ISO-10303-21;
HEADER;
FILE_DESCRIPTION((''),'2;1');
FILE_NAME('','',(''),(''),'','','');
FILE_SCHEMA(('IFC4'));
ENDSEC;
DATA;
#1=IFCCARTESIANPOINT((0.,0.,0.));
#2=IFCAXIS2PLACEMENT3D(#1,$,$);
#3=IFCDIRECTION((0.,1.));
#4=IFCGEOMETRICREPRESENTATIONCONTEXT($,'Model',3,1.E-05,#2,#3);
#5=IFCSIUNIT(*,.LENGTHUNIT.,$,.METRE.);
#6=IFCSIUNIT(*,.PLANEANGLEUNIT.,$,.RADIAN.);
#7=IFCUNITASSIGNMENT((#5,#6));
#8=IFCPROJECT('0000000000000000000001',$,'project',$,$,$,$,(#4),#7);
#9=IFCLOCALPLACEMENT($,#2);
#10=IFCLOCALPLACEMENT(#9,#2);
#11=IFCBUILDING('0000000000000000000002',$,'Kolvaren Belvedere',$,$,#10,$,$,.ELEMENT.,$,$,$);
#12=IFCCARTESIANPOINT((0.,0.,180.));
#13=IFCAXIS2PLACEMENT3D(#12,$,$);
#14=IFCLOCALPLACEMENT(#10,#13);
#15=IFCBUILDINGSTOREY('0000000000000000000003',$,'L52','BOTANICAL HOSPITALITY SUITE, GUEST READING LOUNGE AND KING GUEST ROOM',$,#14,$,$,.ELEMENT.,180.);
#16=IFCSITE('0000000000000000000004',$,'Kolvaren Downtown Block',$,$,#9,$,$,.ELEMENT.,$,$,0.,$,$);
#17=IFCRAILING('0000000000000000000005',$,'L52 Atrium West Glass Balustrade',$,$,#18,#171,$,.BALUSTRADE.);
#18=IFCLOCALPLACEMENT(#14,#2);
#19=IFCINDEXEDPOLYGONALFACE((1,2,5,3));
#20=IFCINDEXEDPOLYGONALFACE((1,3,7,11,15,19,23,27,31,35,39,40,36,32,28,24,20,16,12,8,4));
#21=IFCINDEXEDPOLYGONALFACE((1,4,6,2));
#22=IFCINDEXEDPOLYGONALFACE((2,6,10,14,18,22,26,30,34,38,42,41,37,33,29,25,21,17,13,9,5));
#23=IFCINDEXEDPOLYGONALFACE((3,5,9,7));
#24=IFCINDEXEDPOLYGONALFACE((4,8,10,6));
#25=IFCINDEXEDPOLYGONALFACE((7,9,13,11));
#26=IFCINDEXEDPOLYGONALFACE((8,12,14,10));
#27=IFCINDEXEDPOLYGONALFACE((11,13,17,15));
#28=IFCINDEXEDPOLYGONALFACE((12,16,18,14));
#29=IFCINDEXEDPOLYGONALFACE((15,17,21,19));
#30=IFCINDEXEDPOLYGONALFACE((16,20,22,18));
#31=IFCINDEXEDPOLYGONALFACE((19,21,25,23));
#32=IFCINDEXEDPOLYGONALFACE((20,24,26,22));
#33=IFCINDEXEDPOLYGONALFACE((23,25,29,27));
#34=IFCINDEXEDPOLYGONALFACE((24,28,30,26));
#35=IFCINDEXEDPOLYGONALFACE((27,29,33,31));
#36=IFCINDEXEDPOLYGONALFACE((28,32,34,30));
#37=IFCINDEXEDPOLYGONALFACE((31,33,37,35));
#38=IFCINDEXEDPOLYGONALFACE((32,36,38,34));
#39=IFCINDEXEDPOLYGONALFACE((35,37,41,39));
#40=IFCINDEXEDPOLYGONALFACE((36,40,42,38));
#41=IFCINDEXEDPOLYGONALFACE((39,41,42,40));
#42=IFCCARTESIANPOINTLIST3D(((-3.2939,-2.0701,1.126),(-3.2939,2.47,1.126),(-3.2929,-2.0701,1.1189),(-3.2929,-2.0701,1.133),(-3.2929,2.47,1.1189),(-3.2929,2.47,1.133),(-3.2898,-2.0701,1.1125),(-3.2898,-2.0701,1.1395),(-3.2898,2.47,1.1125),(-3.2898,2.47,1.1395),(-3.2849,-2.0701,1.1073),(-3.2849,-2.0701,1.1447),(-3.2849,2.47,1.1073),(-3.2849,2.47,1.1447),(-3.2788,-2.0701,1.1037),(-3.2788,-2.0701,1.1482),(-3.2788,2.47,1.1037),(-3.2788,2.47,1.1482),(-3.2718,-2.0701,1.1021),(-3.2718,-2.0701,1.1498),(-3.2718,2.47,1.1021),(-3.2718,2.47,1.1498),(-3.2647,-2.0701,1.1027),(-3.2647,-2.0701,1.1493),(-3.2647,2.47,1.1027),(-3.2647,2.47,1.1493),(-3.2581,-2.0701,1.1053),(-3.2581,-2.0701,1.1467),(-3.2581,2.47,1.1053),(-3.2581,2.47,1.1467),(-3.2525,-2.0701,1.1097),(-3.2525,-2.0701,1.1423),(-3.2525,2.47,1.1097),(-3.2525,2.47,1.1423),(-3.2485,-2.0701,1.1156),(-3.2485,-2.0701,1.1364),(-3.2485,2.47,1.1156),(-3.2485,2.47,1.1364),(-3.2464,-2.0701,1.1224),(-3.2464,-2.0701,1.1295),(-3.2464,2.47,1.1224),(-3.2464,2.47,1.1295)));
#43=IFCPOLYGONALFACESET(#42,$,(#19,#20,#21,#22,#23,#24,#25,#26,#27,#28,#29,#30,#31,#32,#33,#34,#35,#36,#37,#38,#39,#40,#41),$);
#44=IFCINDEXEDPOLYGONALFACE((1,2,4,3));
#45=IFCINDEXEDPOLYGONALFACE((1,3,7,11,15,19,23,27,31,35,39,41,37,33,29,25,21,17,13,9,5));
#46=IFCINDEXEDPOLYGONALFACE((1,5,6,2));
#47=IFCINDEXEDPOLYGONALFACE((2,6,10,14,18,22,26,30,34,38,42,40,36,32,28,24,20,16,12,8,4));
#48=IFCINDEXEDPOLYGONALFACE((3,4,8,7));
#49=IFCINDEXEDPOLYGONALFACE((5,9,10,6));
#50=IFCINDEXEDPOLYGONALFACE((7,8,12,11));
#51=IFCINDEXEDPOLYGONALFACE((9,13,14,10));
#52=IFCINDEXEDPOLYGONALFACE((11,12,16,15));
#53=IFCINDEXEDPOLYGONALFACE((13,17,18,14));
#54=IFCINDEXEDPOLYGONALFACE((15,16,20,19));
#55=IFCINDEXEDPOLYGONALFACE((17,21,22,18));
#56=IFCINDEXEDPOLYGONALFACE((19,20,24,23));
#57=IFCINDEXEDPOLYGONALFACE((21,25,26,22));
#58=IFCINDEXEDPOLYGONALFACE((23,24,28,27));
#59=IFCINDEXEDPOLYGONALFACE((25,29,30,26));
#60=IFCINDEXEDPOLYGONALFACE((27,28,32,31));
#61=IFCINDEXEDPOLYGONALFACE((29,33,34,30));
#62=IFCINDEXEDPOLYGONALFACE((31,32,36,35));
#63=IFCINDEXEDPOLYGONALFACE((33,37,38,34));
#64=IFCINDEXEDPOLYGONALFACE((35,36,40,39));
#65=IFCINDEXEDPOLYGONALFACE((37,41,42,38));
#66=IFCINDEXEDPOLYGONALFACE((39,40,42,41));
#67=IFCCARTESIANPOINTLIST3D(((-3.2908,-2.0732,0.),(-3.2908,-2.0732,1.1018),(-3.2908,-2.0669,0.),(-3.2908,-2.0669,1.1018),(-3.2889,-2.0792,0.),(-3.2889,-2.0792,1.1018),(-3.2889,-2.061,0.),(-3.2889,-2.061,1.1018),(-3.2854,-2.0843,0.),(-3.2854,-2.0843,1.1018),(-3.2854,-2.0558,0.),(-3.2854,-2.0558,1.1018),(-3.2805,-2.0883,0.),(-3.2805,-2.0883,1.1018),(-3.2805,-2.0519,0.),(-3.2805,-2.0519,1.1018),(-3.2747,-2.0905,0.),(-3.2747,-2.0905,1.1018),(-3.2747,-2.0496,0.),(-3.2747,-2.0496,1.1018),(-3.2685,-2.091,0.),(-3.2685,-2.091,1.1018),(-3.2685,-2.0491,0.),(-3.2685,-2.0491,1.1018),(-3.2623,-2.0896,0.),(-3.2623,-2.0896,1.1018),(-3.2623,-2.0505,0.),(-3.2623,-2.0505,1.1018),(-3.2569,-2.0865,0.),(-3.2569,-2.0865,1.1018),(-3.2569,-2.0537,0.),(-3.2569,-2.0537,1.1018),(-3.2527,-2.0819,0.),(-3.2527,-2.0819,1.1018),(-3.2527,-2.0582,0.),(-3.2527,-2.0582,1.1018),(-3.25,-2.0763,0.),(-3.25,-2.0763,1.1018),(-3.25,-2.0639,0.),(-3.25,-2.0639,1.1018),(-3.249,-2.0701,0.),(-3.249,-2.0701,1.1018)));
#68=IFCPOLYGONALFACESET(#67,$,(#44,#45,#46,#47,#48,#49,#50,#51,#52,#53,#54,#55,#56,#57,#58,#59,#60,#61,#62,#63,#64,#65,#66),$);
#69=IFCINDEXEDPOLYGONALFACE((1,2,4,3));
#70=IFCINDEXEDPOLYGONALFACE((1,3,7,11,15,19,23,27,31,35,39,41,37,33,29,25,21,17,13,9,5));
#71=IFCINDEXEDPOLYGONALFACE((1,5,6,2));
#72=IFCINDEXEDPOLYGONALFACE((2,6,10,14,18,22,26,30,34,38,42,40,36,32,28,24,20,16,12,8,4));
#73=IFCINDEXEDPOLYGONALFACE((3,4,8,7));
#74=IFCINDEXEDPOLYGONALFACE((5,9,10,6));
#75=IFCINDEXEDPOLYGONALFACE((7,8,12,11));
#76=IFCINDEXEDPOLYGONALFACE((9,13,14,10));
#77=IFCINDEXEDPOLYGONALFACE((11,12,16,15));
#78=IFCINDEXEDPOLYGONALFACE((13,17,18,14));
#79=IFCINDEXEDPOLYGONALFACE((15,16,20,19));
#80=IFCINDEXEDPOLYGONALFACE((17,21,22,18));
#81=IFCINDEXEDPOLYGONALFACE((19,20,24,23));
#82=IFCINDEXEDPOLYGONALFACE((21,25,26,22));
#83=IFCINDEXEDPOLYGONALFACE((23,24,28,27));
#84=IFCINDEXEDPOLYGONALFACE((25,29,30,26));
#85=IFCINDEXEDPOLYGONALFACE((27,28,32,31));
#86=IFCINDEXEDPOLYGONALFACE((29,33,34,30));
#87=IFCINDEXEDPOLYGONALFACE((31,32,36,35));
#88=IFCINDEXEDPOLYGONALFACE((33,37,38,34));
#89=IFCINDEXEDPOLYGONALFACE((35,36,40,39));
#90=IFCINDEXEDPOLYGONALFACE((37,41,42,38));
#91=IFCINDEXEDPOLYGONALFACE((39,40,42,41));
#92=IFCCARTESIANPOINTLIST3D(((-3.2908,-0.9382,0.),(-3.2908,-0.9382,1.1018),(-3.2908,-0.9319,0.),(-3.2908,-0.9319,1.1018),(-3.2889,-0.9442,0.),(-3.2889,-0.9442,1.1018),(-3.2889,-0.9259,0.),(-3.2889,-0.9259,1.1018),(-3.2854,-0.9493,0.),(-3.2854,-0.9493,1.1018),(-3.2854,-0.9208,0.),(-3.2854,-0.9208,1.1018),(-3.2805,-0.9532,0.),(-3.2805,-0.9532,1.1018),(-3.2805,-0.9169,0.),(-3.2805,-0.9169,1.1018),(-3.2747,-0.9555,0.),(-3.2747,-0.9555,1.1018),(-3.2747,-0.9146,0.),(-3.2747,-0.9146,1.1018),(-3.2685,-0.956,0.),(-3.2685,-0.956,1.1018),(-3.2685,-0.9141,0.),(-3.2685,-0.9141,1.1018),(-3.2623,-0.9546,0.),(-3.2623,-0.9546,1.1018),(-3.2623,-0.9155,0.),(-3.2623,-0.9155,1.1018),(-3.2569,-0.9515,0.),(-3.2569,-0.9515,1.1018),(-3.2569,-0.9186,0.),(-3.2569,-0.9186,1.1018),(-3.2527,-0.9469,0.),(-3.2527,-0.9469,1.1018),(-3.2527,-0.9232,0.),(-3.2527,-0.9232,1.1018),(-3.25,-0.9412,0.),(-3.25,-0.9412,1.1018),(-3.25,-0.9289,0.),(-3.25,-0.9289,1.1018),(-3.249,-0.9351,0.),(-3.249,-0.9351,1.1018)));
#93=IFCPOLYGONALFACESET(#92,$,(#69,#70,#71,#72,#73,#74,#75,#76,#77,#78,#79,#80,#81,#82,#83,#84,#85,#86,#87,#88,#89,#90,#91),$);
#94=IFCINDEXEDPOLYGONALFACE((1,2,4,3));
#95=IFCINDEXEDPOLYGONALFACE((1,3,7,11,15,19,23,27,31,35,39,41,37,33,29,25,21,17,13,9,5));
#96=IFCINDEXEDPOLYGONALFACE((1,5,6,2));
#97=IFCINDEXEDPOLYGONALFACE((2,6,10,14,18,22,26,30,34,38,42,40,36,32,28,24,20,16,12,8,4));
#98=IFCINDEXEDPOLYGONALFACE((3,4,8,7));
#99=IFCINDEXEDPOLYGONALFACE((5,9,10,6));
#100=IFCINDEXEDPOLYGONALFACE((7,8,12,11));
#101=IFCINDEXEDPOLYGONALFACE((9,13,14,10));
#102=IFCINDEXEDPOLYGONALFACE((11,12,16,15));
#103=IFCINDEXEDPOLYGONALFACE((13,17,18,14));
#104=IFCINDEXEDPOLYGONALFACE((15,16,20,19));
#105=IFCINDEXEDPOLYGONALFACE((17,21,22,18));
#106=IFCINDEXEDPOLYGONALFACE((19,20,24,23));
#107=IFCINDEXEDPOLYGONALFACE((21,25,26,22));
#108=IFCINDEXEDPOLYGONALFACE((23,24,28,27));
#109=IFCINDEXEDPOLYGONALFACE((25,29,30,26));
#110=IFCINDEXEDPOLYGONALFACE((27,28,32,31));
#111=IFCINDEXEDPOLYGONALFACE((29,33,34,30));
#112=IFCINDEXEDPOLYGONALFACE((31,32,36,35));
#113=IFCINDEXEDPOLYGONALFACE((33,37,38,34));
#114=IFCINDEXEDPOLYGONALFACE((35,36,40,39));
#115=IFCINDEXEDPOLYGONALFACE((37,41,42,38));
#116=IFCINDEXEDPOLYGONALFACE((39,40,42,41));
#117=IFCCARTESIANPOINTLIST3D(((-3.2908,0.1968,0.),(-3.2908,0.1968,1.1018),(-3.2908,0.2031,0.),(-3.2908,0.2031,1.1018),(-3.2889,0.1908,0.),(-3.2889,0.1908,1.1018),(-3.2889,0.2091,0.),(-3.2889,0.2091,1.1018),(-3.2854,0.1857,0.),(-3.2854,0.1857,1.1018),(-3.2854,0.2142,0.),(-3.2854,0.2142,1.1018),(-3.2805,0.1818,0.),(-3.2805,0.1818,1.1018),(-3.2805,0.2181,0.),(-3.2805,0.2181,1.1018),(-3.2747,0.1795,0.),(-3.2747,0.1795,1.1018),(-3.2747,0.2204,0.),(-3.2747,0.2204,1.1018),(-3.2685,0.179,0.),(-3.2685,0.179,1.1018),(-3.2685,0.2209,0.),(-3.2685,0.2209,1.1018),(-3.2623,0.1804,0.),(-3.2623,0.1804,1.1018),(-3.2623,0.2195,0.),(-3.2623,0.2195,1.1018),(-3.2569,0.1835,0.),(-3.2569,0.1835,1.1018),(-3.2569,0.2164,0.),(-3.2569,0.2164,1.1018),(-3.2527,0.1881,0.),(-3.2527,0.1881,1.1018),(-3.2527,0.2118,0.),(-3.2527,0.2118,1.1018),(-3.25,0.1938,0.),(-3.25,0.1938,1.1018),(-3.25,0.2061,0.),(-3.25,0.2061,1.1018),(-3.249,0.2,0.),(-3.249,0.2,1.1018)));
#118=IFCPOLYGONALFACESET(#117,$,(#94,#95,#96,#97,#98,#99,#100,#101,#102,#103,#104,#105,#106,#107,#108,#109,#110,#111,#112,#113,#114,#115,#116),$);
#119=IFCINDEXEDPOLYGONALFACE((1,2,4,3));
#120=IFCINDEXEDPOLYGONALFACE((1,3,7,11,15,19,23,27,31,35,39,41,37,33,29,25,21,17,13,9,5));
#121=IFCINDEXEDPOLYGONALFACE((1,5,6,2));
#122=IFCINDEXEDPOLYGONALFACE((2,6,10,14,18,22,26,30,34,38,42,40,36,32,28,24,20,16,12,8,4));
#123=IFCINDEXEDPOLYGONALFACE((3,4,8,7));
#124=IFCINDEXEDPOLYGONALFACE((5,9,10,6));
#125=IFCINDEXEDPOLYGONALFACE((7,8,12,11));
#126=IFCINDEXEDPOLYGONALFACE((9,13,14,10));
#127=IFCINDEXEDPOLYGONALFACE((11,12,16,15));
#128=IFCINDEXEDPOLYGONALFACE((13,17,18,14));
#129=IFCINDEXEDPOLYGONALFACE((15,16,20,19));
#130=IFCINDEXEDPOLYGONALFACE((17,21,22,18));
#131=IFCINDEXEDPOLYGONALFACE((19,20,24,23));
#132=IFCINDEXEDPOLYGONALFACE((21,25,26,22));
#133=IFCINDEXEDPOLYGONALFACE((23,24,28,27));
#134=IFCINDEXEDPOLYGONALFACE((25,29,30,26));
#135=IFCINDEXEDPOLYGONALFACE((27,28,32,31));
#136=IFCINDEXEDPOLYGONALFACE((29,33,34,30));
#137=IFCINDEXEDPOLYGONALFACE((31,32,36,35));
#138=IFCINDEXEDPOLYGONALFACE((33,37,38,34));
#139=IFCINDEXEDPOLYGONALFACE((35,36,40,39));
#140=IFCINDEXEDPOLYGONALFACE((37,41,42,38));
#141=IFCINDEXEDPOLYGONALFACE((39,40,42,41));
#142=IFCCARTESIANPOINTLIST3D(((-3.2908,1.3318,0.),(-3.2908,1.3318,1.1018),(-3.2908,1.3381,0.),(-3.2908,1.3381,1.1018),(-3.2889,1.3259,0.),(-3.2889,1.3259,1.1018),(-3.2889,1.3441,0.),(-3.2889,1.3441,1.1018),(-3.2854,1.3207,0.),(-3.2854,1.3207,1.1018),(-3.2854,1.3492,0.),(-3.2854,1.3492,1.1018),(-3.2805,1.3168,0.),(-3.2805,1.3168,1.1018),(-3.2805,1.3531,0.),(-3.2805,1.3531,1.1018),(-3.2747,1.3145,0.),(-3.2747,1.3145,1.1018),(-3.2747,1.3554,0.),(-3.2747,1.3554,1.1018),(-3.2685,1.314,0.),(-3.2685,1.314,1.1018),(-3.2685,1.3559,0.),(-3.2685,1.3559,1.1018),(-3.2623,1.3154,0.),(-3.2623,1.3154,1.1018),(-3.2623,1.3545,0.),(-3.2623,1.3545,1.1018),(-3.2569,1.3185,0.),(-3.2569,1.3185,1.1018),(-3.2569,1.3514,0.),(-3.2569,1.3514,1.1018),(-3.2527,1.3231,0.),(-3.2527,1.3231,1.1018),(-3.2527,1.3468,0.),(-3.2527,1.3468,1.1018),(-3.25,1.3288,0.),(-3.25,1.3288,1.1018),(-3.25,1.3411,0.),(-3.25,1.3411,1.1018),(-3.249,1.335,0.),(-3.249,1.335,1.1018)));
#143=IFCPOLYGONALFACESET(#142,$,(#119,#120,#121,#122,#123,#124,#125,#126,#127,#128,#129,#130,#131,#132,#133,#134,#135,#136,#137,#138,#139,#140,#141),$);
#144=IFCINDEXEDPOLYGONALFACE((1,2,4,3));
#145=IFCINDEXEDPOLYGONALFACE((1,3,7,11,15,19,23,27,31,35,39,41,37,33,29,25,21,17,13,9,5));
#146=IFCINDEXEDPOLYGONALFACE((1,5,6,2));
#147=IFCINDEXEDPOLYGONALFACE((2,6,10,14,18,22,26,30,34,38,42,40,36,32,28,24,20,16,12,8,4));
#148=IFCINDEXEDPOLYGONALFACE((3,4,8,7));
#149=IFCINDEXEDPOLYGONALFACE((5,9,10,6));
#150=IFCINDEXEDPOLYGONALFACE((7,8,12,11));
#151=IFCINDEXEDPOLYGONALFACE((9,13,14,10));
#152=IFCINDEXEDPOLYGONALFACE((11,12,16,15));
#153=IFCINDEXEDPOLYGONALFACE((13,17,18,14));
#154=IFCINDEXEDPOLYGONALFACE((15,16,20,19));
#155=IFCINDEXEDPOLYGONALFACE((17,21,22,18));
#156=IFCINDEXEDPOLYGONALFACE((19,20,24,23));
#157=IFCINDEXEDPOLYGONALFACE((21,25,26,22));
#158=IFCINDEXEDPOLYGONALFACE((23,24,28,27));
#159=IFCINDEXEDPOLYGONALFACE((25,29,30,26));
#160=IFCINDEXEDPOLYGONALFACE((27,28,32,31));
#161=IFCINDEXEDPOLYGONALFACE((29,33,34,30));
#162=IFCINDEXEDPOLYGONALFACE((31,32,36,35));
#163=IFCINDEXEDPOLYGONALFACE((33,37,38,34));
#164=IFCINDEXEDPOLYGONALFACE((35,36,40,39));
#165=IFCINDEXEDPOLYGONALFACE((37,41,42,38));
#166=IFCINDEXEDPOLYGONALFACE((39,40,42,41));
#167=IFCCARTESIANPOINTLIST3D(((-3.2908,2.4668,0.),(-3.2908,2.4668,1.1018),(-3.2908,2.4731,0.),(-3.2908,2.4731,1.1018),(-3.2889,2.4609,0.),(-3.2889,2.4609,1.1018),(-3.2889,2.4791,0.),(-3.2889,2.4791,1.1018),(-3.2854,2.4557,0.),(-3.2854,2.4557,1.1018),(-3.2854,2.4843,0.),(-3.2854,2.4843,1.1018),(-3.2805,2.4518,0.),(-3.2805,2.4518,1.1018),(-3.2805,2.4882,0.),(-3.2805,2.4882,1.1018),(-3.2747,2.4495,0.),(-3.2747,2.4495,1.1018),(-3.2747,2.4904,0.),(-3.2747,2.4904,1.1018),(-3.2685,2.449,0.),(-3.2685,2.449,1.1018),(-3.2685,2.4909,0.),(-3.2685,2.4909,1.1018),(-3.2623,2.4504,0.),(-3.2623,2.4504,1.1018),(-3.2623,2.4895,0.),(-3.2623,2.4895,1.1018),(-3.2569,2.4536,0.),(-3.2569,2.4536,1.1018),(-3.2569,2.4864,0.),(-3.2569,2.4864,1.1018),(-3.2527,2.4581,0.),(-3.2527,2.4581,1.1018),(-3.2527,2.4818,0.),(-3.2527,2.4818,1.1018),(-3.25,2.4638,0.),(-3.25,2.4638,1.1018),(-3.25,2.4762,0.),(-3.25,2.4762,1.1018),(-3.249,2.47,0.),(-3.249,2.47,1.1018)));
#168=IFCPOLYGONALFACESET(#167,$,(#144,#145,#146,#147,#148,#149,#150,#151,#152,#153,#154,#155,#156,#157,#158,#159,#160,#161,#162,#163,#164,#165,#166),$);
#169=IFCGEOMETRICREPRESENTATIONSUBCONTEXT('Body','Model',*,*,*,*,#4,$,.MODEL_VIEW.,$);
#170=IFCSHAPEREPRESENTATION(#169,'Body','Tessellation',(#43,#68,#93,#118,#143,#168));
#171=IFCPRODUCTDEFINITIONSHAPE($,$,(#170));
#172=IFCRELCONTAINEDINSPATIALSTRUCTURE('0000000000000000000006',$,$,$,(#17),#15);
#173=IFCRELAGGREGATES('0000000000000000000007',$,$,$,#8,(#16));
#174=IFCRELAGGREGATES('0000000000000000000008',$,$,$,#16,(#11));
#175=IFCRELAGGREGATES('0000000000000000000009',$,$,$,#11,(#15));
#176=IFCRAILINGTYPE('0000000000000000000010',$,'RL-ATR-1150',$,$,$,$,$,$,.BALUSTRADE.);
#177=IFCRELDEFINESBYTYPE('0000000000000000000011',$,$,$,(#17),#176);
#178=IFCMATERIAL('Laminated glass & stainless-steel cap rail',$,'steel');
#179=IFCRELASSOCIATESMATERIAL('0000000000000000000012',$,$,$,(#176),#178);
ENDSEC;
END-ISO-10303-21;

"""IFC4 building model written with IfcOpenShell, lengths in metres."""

from ifc_helpers import new_model, si_unit, direction, frame, origin, origin_2d, place, context, subcontext, project, spatial, circle, extrude, material, type_object, element, save


model = new_model("IFC4")

# Units and contexts
model_context = context("Model", 3, precision=1e-05, world=origin(), true_north=direction((0.0, 1.0)))
body_context = subcontext(model_context, "Body", "Model", "MODEL_VIEW")
ifc_project = project(units=[si_unit("LENGTHUNIT", "METRE"), si_unit("PLANEANGLEUNIT", "RADIAN")], contexts=[model_context])

# Site, building, storey
site_placement = place(None, origin())
site = spatial("IfcSite", under=ifc_project, at=site_placement, Name="Kolvaren Downtown Block", CompositionType="ELEMENT", RefElevation=0.0)
building_placement = place(site_placement, origin())
building = spatial("IfcBuilding", under=site, at=building_placement, Name="Kolvaren Belvedere", CompositionType="ELEMENT")
storey_placement = place(building_placement, frame((0.0, 0.0, 180.0)))
storey = spatial("IfcBuildingStorey", under=building, at=storey_placement, Name="L52", Description="BOTANICAL HOSPITALITY SUITE, GUEST READING LOUNGE AND KING GUEST ROOM", CompositionType="ELEMENT", Elevation=180.0)

# Railing
ifc_material_1 = material(Name="Laminated glass & stainless-steel cap rail", Category="steel")
railing_type_1 = type_object("IfcRailingType", Name="RL-ATR-1150", PredefinedType="BALUSTRADE", material=ifc_material_1)
railing_1_placement = place(storey_placement, frame((-3.27, -2.0701, 0.0)))
element("IfcRailing", 1, at=railing_1_placement, inside=storey, type_object=railing_type_1, Name="L52 Atrium West Glass Balustrade", PredefinedType="BALUSTRADE", context=body_context, shape_type="SweptSolid", body=[
    extrude(circle(Radius=0.0239, at=origin_2d()), frame((0.0, 0.0, 1.126), z_axis=(0.0, 1.0, 0.0), x_axis=(-1.0, 0.0, 0.0)), (0.0, 0.0, 1.0), 4.54),
    extrude(circle(Radius=0.021, at=origin_2d()), origin(), (0.0, 0.0, 1.0), 1.1018),
    extrude(circle(Radius=0.021, at=origin_2d()), frame((0.0, 1.135, 0.0)), (0.0, 0.0, 1.0), 1.1018),
    extrude(circle(Radius=0.021, at=origin_2d()), frame((0.0, 2.27, 0.0)), (0.0, 0.0, 1.0), 1.1018),
    extrude(circle(Radius=0.021, at=origin_2d()), frame((0.0, 3.405, 0.0)), (0.0, 0.0, 1.0), 1.1018),
    extrude(circle(Radius=0.021, at=origin_2d()), frame((0.0, 4.54, 0.0)), (0.0, 0.0, 1.0), 1.1018),
])

save(model, "model.ifc")
